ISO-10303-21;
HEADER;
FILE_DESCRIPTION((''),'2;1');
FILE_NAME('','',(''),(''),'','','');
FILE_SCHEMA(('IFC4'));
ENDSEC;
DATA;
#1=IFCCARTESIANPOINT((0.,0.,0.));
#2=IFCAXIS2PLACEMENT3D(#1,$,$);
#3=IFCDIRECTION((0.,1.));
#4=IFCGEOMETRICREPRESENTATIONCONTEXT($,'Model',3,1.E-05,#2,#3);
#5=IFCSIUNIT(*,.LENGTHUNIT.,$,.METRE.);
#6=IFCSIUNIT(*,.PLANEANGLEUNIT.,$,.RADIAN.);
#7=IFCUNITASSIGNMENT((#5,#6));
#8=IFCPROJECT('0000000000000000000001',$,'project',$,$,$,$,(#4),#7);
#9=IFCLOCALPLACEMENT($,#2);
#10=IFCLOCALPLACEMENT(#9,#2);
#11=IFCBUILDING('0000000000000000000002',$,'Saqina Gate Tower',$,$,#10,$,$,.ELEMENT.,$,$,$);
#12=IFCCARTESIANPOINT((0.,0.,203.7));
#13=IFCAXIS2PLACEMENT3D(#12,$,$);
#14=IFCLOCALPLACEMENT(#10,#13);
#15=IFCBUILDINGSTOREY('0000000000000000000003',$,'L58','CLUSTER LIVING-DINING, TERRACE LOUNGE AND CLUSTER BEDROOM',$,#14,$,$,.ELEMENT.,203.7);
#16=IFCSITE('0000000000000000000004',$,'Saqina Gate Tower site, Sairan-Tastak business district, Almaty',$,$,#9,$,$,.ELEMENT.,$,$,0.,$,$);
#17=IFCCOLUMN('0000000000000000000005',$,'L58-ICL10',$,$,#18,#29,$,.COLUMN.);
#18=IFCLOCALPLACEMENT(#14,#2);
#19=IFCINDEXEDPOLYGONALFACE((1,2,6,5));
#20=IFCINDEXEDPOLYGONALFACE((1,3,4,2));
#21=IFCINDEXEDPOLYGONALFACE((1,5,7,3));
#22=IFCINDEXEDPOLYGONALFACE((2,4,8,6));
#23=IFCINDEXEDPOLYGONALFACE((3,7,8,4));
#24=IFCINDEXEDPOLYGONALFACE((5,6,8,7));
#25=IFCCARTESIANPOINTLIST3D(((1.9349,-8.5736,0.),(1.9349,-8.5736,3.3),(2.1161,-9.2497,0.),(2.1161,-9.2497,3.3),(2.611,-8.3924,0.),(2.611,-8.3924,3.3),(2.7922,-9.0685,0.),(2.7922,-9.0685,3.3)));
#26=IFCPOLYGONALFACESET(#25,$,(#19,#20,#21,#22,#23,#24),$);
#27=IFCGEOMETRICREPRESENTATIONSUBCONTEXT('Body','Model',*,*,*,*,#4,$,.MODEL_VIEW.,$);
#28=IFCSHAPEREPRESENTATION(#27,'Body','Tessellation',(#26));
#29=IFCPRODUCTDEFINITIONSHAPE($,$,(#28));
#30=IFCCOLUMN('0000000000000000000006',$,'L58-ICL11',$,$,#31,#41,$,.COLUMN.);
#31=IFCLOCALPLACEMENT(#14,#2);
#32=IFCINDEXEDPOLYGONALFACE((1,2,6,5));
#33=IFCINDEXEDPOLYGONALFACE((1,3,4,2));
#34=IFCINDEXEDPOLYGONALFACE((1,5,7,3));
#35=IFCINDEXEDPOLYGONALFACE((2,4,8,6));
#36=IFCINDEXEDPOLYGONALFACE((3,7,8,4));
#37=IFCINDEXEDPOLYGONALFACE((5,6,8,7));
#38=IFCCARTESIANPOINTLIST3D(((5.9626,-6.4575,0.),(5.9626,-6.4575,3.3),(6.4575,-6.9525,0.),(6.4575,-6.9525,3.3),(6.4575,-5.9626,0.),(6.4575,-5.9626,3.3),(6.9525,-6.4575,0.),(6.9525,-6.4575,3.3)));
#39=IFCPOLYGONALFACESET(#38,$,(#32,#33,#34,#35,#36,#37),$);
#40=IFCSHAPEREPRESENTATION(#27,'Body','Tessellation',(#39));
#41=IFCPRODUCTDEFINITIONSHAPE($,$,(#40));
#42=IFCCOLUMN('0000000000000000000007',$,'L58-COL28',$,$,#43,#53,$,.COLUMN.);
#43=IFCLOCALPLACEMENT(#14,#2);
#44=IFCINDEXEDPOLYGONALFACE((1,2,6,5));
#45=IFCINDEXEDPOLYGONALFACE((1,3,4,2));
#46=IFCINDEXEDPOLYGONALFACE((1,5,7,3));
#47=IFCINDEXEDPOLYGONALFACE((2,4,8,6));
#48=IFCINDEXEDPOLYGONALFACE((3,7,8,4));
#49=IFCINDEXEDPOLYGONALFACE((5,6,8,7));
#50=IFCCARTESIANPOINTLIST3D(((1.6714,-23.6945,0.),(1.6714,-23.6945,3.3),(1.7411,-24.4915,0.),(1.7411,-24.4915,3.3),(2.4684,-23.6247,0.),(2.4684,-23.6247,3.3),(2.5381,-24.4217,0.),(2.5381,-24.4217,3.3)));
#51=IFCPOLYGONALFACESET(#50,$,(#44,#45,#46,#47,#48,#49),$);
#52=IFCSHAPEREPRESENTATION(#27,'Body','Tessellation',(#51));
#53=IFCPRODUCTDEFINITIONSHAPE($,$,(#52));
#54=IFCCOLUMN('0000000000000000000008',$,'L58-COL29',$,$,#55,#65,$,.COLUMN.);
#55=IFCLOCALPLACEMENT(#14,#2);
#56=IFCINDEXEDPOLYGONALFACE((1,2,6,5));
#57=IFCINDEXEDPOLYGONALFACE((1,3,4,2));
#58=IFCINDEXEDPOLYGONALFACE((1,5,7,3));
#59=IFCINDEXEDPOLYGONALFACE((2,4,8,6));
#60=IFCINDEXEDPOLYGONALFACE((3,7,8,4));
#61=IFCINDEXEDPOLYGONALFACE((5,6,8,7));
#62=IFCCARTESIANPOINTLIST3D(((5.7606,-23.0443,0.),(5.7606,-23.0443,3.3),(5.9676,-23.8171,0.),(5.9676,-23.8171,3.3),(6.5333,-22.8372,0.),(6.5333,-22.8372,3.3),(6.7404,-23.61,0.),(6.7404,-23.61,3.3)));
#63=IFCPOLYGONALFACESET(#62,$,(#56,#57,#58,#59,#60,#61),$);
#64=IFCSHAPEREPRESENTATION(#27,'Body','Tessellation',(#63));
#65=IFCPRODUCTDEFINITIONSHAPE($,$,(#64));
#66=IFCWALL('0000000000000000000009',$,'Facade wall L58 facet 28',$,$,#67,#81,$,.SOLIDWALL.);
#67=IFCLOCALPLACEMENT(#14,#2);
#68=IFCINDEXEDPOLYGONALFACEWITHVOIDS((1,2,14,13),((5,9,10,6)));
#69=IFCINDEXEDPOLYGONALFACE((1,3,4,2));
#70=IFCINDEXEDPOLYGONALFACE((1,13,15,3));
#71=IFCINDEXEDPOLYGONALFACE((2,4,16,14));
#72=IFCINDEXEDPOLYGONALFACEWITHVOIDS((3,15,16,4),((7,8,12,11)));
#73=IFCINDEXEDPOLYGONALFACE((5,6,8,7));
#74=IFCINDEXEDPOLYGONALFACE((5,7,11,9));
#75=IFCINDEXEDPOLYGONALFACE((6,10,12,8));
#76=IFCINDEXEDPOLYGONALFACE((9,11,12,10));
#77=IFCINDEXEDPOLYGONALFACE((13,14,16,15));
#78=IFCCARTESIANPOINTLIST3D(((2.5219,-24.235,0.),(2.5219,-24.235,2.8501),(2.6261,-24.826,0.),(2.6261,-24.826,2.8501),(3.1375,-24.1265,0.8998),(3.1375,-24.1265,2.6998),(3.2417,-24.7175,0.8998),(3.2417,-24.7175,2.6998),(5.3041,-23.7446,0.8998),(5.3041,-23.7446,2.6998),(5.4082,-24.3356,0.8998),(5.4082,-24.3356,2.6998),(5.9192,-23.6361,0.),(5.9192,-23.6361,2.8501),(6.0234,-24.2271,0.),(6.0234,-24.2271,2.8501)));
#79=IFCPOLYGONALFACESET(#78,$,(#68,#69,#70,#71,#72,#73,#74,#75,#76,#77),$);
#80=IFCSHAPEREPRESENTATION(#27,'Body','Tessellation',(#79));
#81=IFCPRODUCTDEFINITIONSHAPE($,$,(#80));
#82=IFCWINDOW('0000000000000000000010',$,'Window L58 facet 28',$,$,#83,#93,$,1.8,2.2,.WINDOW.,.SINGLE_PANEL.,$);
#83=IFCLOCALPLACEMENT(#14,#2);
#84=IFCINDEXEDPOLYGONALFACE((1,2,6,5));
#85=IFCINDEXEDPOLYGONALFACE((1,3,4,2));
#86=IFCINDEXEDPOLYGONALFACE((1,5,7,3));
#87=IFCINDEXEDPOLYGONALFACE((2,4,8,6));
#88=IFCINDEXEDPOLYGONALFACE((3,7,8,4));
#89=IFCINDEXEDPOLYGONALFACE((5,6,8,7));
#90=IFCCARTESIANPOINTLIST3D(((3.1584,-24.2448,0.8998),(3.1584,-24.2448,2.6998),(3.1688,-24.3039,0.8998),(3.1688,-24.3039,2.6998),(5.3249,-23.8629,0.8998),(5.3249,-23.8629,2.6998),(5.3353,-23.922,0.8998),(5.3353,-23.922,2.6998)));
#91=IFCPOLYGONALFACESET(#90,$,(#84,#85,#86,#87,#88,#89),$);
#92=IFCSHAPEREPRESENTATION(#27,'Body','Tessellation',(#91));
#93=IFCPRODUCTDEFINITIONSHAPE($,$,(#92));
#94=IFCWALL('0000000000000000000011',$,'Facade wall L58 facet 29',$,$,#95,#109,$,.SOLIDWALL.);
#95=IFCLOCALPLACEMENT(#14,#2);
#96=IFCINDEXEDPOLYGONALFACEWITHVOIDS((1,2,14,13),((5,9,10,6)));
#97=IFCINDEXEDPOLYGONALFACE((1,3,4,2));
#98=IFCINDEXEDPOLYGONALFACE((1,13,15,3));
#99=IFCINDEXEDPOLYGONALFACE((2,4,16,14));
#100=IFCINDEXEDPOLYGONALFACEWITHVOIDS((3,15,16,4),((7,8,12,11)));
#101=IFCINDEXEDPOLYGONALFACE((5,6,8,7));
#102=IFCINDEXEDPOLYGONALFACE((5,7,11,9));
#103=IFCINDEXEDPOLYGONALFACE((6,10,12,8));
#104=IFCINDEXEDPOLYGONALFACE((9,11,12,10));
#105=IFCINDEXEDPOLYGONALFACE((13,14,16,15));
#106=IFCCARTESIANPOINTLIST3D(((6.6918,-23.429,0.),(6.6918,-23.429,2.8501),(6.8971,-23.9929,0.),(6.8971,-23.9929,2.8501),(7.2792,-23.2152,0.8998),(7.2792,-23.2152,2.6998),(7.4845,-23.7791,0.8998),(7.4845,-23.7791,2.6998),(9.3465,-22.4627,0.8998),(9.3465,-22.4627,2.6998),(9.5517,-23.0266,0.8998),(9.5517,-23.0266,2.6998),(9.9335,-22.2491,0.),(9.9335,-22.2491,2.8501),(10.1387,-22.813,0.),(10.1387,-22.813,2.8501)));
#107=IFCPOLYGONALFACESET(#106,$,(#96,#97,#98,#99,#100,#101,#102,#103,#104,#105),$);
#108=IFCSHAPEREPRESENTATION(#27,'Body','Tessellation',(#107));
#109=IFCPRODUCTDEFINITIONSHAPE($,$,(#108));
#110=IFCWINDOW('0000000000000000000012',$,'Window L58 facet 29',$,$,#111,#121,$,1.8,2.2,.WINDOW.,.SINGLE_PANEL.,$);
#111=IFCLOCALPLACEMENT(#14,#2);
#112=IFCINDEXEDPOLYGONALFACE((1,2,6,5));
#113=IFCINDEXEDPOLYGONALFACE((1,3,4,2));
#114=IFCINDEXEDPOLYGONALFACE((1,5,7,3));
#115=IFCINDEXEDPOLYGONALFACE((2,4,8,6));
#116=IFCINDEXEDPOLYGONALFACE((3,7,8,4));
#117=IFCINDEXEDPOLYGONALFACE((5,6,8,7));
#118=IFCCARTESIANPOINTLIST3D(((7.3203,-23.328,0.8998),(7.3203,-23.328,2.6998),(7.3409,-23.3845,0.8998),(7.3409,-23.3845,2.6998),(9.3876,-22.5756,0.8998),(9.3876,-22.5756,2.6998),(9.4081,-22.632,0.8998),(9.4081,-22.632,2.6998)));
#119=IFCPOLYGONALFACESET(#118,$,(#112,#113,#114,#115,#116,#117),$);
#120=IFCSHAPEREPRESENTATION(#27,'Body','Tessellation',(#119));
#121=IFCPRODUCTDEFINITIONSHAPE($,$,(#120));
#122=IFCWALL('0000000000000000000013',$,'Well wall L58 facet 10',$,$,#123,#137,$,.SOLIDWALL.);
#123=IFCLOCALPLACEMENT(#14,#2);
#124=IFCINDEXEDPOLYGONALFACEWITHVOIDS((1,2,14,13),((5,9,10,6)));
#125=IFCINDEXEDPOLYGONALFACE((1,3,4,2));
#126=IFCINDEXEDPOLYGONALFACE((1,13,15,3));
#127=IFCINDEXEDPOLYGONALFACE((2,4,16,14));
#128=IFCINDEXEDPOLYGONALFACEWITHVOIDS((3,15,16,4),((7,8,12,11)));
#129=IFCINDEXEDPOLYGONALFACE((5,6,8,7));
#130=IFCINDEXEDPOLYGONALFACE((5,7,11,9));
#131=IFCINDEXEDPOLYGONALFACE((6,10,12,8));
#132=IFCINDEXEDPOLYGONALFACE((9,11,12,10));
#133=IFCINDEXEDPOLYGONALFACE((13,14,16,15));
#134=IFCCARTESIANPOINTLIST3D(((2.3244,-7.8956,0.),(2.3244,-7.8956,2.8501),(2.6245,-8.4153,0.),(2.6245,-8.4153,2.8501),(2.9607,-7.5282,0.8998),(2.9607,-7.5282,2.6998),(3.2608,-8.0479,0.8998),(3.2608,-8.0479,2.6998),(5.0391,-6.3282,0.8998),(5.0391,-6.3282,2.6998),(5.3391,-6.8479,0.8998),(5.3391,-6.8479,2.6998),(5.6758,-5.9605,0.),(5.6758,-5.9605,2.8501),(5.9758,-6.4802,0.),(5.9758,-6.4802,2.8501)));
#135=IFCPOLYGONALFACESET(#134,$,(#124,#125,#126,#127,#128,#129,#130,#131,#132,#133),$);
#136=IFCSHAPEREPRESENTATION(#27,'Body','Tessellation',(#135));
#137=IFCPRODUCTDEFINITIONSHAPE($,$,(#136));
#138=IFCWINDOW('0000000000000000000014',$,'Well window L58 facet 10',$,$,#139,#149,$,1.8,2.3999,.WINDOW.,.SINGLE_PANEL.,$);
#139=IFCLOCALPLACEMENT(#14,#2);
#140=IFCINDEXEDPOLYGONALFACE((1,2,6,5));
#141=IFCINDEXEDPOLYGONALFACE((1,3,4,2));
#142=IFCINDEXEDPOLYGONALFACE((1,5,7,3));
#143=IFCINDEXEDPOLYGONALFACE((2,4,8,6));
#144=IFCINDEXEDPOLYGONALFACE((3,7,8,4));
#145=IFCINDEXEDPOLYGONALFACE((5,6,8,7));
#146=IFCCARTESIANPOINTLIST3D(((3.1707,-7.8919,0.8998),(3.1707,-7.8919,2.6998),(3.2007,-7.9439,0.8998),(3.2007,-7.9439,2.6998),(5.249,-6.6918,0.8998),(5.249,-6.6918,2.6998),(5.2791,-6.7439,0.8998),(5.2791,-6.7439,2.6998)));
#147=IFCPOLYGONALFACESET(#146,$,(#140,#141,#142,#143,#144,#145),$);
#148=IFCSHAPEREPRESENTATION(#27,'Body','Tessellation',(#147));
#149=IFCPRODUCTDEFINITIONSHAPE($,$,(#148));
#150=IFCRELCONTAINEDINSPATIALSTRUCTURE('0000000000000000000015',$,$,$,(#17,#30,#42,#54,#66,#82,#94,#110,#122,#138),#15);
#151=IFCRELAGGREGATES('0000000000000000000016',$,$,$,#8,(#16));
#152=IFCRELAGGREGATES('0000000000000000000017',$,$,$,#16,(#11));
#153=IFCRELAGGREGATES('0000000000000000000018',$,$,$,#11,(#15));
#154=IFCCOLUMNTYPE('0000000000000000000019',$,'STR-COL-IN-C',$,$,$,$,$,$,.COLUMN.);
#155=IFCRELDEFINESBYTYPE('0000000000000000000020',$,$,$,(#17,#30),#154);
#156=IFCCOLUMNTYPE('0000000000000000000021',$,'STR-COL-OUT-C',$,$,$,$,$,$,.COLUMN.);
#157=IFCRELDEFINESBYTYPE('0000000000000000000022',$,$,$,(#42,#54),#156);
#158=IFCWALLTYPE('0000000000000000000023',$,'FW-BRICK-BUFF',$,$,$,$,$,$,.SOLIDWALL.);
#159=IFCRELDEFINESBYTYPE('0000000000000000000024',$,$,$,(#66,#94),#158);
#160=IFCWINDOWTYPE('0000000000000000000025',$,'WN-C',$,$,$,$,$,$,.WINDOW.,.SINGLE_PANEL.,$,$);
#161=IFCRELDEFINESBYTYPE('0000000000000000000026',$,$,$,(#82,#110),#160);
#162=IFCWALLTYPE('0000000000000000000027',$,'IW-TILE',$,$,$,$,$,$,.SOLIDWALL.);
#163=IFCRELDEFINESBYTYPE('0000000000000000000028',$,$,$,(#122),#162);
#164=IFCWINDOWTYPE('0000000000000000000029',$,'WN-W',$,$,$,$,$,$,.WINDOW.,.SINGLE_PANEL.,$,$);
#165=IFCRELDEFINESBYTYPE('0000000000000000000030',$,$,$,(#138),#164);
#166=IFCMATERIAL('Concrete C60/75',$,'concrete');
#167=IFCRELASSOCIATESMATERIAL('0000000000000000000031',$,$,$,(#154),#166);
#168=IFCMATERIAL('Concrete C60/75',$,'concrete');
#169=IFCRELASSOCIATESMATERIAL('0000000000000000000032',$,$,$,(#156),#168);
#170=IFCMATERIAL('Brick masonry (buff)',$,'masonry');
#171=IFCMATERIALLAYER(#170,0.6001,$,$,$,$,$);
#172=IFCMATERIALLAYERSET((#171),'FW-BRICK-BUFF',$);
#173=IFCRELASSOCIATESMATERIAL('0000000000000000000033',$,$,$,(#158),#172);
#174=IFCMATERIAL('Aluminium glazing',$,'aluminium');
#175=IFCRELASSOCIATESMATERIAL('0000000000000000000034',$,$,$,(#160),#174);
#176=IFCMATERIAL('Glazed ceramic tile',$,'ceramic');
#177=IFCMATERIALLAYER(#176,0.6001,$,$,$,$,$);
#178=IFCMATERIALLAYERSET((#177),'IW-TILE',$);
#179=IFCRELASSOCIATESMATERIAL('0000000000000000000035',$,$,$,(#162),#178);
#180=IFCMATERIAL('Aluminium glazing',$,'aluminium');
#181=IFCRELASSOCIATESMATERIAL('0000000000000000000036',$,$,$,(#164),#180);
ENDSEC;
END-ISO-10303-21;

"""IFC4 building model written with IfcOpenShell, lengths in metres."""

from ifc_helpers import new_model, si_unit, direction, frame, frame_2d, origin, origin_2d, place, context, subcontext, project, spatial, rectangle, extrude, material, layer, layer_set, material_profile, profile_set, type_object, element, fill, save


model = new_model("IFC4")

# Units and contexts
model_context = context("Model", 3, precision=1e-05, world=origin(), true_north=direction((0.0, 1.0)))
body_context = subcontext(model_context, "Body", "Model", "MODEL_VIEW")
ifc_project = project(units=[si_unit("LENGTHUNIT", "METRE"), si_unit("PLANEANGLEUNIT", "RADIAN")], contexts=[model_context])

# Site, building, storey
site_placement = place(None, origin())
site = spatial("IfcSite", under=ifc_project, at=site_placement, Name="Saqina Gate Tower site, Sairan-Tastak business district, Almaty", CompositionType="ELEMENT", RefElevation=0.0)
building_placement = place(site_placement, origin())
building = spatial("IfcBuilding", under=site, at=building_placement, Name="Saqina Gate Tower", CompositionType="ELEMENT")
storey_placement = place(building_placement, frame((0.0, 0.0, 203.7)))
storey = spatial("IfcBuildingStorey", under=building, at=storey_placement, Name="L58", Description="CLUSTER LIVING-DINING, TERRACE LOUNGE AND CLUSTER BEDROOM", CompositionType="ELEMENT", Elevation=203.7)

# Columns
ifc_material_1 = material(Name="Concrete C60/75", Category="concrete")
ifc_material_profile_1 = material_profile(ifc_material_1, rectangle(XDim=0.7, YDim=0.7, at=origin_2d()), Name="RC 700x700")
ifc_profile_set_1 = profile_set([ifc_material_profile_1], Name="Concrete C60/75")
column_type_1 = type_object("IfcColumnType", Name="STR-COL-IN-C", PredefinedType="COLUMN", material=ifc_profile_set_1)
for number, where, z_axis, x_axis, name in (
    (1, (2.3635, -8.821, 0.0), (0.0, 0.0, 1.0), (0.258819, -0.965926, 0.0), "L58-ICL10"),
    (2, (6.4575, -6.4575, 0.0), (0.0, 0.0, 1.0), (0.707107, -0.707107, 0.0), "L58-ICL11"),
):
    element("IfcColumn", number, at=place(storey_placement, frame(where, z_axis=z_axis, x_axis=x_axis)), inside=storey, type_object=column_type_1, Name=name, PredefinedType="COLUMN", context=body_context, shape_type="SweptSolid", body=[
        extrude(rectangle(XDim=0.7, YDim=0.7, at=origin_2d()), origin(), (0.0, 0.0, 1.0), 3.3),
    ])
ifc_material_2 = material(Name="Concrete C60/75", Category="concrete")
ifc_material_profile_2 = material_profile(ifc_material_2, rectangle(XDim=0.8, YDim=0.8, at=origin_2d()), Name="RC 800x800")
ifc_profile_set_2 = profile_set([ifc_material_profile_2], Name="Concrete C60/75")
column_type_2 = type_object("IfcColumnType", Name="STR-COL-OUT-C", PredefinedType="COLUMN", material=ifc_profile_set_2)
for number, where, z_axis, x_axis, name in (
    (3, (2.1047, -24.0581, 0.0), (0.0, 0.0, 1.0), (0.087156, -0.996195, 0.0), "L58-COL28"),
    (4, (6.2505, -23.3271, 0.0), (0.0, 0.0, 1.0), (0.258819, -0.965926, 0.0), "L58-COL29"),
):
    element("IfcColumn", number, at=place(storey_placement, frame(where, z_axis=z_axis, x_axis=x_axis)), inside=storey, type_object=column_type_2, Name=name, PredefinedType="COLUMN", context=body_context, shape_type="SweptSolid", body=[
        extrude(rectangle(XDim=0.8, YDim=0.8, at=origin_2d()), origin(), (0.0, 0.0, 1.0), 3.3),
    ])

# Walls, openings, windows
ifc_material_3 = material(Name="Brick masonry (buff)", Category="masonry")
ifc_layer_1 = layer(ifc_material_3, 0.6001)
ifc_layer_set_1 = layer_set([ifc_layer_1], Name="FW-BRICK-BUFF")
wall_type_1 = type_object("IfcWallType", Name="FW-BRICK-BUFF", PredefinedType="SOLIDWALL", material=ifc_layer_set_1)
wall_1_placement = place(storey_placement, frame((2.574, -24.5305, 0.0), z_axis=(0.0, 0.0, 1.0), x_axis=(0.984815, 0.173608, 0.0)))
wall_1 = element("IfcWall", 5, at=wall_1_placement, inside=storey, type_object=wall_type_1, Name="Facade wall L58 facet 28", PredefinedType="SOLIDWALL", context=body_context, shape_type="SweptSolid", body=[
    extrude(rectangle(XDim=3.4497, YDim=0.6001, at=frame_2d((1.7249, 0.0))), origin(), (0.0, 0.0, 1.0), 2.8501),
])
opening_1_placement = place(wall_1_placement, frame((0.625, 0.0, 0.8999)))
opening_1 = element("IfcOpeningElement", 6, at=opening_1_placement, cuts=wall_1, PredefinedType="OPENING", context=body_context, shape_type="SweptSolid", body=[
    extrude(rectangle(XDim=2.2, YDim=1.8, at=frame_2d((1.1001, 0.8999))), frame((0.0, 0.312, 0.0), z_axis=(0.0, -1.0, 0.0), x_axis=(1.0, 0.0, 0.0)), (0.0, 0.0, 1.0), 0.624),
])
ifc_material_4 = material(Name="Aluminium glazing", Category="aluminium")
window_type_1 = type_object("IfcWindowType", Name="WN-C", PartitioningType="SINGLE_PANEL", PredefinedType="WINDOW", material=ifc_material_4)
window_1_placement = place(opening_1_placement, origin())
window_1 = element("IfcWindow", 7, at=window_1_placement, inside=storey, type_object=window_type_1, Name="Window L58 facet 28", OverallHeight=1.8, OverallWidth=2.2, PartitioningType="SINGLE_PANEL", PredefinedType="WINDOW", context=body_context, shape_type="SweptSolid", body=[
    extrude(rectangle(XDim=2.2, YDim=1.8, at=frame_2d((1.1001, 0.8999))), frame((0.0, 0.1799, 0.0), z_axis=(0.0, -1.0, 0.0), x_axis=(1.0, 0.0, 0.0)), (0.0, 0.0, 1.0), 0.0601),
])
fill(opening_1, window_1)
wall_2_placement = place(storey_placement, frame((6.7944, -23.7109, 0.0), z_axis=(0.0, 0.0, 1.0), x_axis=(0.939688, 0.342033, 0.0)))
wall_2 = element("IfcWall", 8, at=wall_2_placement, inside=storey, type_object=wall_type_1, Name="Facade wall L58 facet 29", PredefinedType="SOLIDWALL", context=body_context, shape_type="SweptSolid", body=[
    extrude(rectangle(XDim=3.4497, YDim=0.6001, at=frame_2d((1.7249, 0.0))), origin(), (0.0, 0.0, 1.0), 2.8501),
])
opening_2_placement = place(wall_2_placement, frame((0.625, 0.0, 0.8999)))
opening_2 = element("IfcOpeningElement", 9, at=opening_2_placement, cuts=wall_2, PredefinedType="OPENING", context=body_context, shape_type="SweptSolid", body=[
    extrude(rectangle(XDim=2.2, YDim=1.8, at=frame_2d((1.1001, 0.8999))), frame((0.0, 0.312, 0.0), z_axis=(0.0, -1.0, 0.0), x_axis=(1.0, 0.0, 0.0)), (0.0, 0.0, 1.0), 0.624),
])
window_2_placement = place(opening_2_placement, origin())
window_2 = element("IfcWindow", 10, at=window_2_placement, inside=storey, type_object=window_type_1, Name="Window L58 facet 29", OverallHeight=1.8, OverallWidth=2.2, PartitioningType="SINGLE_PANEL", PredefinedType="WINDOW", context=body_context, shape_type="SweptSolid", body=[
    extrude(rectangle(XDim=2.2, YDim=1.8, at=frame_2d((1.1001, 0.8999))), frame((0.0, 0.1799, 0.0), z_axis=(0.0, -1.0, 0.0), x_axis=(1.0, 0.0, 0.0)), (0.0, 0.0, 1.0), 0.0601),
])
fill(opening_2, window_2)
ifc_material_5 = material(Name="Glazed ceramic tile", Category="ceramic")
ifc_layer_2 = layer(ifc_material_5, 0.6001)
ifc_layer_set_2 = layer_set([ifc_layer_2], Name="IW-TILE")
wall_type_2 = type_object("IfcWallType", Name="IW-TILE", PredefinedType="SOLIDWALL", material=ifc_layer_set_2)
wall_3_placement = place(storey_placement, frame((2.4744, -8.1555, 0.0), z_axis=(0.0, 0.0, 1.0), x_axis=(0.866006, 0.500034, 0.0)))
wall_3 = element("IfcWall", 11, at=wall_3_placement, inside=storey, type_object=wall_type_2, Name="Well wall L58 facet 10", PredefinedType="SOLIDWALL", context=body_context, shape_type="SweptSolid", body=[
    extrude(rectangle(XDim=3.8699, YDim=0.6001, at=frame_2d((1.9351, 0.0))), origin(), (0.0, 0.0, 1.0), 2.8501),
])
opening_3_placement = place(wall_3_placement, frame((0.7349, 0.0, 0.8999)))
opening_3 = element("IfcOpeningElement", 12, at=opening_3_placement, cuts=wall_3, PredefinedType="OPENING", context=body_context, shape_type="SweptSolid", body=[
    extrude(rectangle(XDim=2.3999, YDim=1.8, at=frame_2d((1.2, 0.8999))), frame((0.0, 0.312, 0.0), z_axis=(0.0, -1.0, 0.0), x_axis=(1.0, 0.0, 0.0)), (0.0, 0.0, 1.0), 0.624),
])
ifc_material_6 = material(Name="Aluminium glazing", Category="aluminium")
window_type_2 = type_object("IfcWindowType", Name="WN-W", PartitioningType="SINGLE_PANEL", PredefinedType="WINDOW", material=ifc_material_6)
window_3_placement = place(opening_3_placement, origin())
window_3 = element("IfcWindow", 13, at=window_3_placement, inside=storey, type_object=window_type_2, Name="Well window L58 facet 10", OverallHeight=1.8, OverallWidth=2.3999, PartitioningType="SINGLE_PANEL", PredefinedType="WINDOW", context=body_context, shape_type="SweptSolid", body=[
    extrude(rectangle(XDim=2.3999, YDim=1.8, at=frame_2d((1.2, 0.8999))), frame((0.0, -0.1199, 0.0), z_axis=(0.0, -1.0, 0.0), x_axis=(1.0, 0.0, 0.0)), (0.0, 0.0, 1.0), 0.0601),
])
fill(opening_3, window_3)

save(model, "model.ifc")
